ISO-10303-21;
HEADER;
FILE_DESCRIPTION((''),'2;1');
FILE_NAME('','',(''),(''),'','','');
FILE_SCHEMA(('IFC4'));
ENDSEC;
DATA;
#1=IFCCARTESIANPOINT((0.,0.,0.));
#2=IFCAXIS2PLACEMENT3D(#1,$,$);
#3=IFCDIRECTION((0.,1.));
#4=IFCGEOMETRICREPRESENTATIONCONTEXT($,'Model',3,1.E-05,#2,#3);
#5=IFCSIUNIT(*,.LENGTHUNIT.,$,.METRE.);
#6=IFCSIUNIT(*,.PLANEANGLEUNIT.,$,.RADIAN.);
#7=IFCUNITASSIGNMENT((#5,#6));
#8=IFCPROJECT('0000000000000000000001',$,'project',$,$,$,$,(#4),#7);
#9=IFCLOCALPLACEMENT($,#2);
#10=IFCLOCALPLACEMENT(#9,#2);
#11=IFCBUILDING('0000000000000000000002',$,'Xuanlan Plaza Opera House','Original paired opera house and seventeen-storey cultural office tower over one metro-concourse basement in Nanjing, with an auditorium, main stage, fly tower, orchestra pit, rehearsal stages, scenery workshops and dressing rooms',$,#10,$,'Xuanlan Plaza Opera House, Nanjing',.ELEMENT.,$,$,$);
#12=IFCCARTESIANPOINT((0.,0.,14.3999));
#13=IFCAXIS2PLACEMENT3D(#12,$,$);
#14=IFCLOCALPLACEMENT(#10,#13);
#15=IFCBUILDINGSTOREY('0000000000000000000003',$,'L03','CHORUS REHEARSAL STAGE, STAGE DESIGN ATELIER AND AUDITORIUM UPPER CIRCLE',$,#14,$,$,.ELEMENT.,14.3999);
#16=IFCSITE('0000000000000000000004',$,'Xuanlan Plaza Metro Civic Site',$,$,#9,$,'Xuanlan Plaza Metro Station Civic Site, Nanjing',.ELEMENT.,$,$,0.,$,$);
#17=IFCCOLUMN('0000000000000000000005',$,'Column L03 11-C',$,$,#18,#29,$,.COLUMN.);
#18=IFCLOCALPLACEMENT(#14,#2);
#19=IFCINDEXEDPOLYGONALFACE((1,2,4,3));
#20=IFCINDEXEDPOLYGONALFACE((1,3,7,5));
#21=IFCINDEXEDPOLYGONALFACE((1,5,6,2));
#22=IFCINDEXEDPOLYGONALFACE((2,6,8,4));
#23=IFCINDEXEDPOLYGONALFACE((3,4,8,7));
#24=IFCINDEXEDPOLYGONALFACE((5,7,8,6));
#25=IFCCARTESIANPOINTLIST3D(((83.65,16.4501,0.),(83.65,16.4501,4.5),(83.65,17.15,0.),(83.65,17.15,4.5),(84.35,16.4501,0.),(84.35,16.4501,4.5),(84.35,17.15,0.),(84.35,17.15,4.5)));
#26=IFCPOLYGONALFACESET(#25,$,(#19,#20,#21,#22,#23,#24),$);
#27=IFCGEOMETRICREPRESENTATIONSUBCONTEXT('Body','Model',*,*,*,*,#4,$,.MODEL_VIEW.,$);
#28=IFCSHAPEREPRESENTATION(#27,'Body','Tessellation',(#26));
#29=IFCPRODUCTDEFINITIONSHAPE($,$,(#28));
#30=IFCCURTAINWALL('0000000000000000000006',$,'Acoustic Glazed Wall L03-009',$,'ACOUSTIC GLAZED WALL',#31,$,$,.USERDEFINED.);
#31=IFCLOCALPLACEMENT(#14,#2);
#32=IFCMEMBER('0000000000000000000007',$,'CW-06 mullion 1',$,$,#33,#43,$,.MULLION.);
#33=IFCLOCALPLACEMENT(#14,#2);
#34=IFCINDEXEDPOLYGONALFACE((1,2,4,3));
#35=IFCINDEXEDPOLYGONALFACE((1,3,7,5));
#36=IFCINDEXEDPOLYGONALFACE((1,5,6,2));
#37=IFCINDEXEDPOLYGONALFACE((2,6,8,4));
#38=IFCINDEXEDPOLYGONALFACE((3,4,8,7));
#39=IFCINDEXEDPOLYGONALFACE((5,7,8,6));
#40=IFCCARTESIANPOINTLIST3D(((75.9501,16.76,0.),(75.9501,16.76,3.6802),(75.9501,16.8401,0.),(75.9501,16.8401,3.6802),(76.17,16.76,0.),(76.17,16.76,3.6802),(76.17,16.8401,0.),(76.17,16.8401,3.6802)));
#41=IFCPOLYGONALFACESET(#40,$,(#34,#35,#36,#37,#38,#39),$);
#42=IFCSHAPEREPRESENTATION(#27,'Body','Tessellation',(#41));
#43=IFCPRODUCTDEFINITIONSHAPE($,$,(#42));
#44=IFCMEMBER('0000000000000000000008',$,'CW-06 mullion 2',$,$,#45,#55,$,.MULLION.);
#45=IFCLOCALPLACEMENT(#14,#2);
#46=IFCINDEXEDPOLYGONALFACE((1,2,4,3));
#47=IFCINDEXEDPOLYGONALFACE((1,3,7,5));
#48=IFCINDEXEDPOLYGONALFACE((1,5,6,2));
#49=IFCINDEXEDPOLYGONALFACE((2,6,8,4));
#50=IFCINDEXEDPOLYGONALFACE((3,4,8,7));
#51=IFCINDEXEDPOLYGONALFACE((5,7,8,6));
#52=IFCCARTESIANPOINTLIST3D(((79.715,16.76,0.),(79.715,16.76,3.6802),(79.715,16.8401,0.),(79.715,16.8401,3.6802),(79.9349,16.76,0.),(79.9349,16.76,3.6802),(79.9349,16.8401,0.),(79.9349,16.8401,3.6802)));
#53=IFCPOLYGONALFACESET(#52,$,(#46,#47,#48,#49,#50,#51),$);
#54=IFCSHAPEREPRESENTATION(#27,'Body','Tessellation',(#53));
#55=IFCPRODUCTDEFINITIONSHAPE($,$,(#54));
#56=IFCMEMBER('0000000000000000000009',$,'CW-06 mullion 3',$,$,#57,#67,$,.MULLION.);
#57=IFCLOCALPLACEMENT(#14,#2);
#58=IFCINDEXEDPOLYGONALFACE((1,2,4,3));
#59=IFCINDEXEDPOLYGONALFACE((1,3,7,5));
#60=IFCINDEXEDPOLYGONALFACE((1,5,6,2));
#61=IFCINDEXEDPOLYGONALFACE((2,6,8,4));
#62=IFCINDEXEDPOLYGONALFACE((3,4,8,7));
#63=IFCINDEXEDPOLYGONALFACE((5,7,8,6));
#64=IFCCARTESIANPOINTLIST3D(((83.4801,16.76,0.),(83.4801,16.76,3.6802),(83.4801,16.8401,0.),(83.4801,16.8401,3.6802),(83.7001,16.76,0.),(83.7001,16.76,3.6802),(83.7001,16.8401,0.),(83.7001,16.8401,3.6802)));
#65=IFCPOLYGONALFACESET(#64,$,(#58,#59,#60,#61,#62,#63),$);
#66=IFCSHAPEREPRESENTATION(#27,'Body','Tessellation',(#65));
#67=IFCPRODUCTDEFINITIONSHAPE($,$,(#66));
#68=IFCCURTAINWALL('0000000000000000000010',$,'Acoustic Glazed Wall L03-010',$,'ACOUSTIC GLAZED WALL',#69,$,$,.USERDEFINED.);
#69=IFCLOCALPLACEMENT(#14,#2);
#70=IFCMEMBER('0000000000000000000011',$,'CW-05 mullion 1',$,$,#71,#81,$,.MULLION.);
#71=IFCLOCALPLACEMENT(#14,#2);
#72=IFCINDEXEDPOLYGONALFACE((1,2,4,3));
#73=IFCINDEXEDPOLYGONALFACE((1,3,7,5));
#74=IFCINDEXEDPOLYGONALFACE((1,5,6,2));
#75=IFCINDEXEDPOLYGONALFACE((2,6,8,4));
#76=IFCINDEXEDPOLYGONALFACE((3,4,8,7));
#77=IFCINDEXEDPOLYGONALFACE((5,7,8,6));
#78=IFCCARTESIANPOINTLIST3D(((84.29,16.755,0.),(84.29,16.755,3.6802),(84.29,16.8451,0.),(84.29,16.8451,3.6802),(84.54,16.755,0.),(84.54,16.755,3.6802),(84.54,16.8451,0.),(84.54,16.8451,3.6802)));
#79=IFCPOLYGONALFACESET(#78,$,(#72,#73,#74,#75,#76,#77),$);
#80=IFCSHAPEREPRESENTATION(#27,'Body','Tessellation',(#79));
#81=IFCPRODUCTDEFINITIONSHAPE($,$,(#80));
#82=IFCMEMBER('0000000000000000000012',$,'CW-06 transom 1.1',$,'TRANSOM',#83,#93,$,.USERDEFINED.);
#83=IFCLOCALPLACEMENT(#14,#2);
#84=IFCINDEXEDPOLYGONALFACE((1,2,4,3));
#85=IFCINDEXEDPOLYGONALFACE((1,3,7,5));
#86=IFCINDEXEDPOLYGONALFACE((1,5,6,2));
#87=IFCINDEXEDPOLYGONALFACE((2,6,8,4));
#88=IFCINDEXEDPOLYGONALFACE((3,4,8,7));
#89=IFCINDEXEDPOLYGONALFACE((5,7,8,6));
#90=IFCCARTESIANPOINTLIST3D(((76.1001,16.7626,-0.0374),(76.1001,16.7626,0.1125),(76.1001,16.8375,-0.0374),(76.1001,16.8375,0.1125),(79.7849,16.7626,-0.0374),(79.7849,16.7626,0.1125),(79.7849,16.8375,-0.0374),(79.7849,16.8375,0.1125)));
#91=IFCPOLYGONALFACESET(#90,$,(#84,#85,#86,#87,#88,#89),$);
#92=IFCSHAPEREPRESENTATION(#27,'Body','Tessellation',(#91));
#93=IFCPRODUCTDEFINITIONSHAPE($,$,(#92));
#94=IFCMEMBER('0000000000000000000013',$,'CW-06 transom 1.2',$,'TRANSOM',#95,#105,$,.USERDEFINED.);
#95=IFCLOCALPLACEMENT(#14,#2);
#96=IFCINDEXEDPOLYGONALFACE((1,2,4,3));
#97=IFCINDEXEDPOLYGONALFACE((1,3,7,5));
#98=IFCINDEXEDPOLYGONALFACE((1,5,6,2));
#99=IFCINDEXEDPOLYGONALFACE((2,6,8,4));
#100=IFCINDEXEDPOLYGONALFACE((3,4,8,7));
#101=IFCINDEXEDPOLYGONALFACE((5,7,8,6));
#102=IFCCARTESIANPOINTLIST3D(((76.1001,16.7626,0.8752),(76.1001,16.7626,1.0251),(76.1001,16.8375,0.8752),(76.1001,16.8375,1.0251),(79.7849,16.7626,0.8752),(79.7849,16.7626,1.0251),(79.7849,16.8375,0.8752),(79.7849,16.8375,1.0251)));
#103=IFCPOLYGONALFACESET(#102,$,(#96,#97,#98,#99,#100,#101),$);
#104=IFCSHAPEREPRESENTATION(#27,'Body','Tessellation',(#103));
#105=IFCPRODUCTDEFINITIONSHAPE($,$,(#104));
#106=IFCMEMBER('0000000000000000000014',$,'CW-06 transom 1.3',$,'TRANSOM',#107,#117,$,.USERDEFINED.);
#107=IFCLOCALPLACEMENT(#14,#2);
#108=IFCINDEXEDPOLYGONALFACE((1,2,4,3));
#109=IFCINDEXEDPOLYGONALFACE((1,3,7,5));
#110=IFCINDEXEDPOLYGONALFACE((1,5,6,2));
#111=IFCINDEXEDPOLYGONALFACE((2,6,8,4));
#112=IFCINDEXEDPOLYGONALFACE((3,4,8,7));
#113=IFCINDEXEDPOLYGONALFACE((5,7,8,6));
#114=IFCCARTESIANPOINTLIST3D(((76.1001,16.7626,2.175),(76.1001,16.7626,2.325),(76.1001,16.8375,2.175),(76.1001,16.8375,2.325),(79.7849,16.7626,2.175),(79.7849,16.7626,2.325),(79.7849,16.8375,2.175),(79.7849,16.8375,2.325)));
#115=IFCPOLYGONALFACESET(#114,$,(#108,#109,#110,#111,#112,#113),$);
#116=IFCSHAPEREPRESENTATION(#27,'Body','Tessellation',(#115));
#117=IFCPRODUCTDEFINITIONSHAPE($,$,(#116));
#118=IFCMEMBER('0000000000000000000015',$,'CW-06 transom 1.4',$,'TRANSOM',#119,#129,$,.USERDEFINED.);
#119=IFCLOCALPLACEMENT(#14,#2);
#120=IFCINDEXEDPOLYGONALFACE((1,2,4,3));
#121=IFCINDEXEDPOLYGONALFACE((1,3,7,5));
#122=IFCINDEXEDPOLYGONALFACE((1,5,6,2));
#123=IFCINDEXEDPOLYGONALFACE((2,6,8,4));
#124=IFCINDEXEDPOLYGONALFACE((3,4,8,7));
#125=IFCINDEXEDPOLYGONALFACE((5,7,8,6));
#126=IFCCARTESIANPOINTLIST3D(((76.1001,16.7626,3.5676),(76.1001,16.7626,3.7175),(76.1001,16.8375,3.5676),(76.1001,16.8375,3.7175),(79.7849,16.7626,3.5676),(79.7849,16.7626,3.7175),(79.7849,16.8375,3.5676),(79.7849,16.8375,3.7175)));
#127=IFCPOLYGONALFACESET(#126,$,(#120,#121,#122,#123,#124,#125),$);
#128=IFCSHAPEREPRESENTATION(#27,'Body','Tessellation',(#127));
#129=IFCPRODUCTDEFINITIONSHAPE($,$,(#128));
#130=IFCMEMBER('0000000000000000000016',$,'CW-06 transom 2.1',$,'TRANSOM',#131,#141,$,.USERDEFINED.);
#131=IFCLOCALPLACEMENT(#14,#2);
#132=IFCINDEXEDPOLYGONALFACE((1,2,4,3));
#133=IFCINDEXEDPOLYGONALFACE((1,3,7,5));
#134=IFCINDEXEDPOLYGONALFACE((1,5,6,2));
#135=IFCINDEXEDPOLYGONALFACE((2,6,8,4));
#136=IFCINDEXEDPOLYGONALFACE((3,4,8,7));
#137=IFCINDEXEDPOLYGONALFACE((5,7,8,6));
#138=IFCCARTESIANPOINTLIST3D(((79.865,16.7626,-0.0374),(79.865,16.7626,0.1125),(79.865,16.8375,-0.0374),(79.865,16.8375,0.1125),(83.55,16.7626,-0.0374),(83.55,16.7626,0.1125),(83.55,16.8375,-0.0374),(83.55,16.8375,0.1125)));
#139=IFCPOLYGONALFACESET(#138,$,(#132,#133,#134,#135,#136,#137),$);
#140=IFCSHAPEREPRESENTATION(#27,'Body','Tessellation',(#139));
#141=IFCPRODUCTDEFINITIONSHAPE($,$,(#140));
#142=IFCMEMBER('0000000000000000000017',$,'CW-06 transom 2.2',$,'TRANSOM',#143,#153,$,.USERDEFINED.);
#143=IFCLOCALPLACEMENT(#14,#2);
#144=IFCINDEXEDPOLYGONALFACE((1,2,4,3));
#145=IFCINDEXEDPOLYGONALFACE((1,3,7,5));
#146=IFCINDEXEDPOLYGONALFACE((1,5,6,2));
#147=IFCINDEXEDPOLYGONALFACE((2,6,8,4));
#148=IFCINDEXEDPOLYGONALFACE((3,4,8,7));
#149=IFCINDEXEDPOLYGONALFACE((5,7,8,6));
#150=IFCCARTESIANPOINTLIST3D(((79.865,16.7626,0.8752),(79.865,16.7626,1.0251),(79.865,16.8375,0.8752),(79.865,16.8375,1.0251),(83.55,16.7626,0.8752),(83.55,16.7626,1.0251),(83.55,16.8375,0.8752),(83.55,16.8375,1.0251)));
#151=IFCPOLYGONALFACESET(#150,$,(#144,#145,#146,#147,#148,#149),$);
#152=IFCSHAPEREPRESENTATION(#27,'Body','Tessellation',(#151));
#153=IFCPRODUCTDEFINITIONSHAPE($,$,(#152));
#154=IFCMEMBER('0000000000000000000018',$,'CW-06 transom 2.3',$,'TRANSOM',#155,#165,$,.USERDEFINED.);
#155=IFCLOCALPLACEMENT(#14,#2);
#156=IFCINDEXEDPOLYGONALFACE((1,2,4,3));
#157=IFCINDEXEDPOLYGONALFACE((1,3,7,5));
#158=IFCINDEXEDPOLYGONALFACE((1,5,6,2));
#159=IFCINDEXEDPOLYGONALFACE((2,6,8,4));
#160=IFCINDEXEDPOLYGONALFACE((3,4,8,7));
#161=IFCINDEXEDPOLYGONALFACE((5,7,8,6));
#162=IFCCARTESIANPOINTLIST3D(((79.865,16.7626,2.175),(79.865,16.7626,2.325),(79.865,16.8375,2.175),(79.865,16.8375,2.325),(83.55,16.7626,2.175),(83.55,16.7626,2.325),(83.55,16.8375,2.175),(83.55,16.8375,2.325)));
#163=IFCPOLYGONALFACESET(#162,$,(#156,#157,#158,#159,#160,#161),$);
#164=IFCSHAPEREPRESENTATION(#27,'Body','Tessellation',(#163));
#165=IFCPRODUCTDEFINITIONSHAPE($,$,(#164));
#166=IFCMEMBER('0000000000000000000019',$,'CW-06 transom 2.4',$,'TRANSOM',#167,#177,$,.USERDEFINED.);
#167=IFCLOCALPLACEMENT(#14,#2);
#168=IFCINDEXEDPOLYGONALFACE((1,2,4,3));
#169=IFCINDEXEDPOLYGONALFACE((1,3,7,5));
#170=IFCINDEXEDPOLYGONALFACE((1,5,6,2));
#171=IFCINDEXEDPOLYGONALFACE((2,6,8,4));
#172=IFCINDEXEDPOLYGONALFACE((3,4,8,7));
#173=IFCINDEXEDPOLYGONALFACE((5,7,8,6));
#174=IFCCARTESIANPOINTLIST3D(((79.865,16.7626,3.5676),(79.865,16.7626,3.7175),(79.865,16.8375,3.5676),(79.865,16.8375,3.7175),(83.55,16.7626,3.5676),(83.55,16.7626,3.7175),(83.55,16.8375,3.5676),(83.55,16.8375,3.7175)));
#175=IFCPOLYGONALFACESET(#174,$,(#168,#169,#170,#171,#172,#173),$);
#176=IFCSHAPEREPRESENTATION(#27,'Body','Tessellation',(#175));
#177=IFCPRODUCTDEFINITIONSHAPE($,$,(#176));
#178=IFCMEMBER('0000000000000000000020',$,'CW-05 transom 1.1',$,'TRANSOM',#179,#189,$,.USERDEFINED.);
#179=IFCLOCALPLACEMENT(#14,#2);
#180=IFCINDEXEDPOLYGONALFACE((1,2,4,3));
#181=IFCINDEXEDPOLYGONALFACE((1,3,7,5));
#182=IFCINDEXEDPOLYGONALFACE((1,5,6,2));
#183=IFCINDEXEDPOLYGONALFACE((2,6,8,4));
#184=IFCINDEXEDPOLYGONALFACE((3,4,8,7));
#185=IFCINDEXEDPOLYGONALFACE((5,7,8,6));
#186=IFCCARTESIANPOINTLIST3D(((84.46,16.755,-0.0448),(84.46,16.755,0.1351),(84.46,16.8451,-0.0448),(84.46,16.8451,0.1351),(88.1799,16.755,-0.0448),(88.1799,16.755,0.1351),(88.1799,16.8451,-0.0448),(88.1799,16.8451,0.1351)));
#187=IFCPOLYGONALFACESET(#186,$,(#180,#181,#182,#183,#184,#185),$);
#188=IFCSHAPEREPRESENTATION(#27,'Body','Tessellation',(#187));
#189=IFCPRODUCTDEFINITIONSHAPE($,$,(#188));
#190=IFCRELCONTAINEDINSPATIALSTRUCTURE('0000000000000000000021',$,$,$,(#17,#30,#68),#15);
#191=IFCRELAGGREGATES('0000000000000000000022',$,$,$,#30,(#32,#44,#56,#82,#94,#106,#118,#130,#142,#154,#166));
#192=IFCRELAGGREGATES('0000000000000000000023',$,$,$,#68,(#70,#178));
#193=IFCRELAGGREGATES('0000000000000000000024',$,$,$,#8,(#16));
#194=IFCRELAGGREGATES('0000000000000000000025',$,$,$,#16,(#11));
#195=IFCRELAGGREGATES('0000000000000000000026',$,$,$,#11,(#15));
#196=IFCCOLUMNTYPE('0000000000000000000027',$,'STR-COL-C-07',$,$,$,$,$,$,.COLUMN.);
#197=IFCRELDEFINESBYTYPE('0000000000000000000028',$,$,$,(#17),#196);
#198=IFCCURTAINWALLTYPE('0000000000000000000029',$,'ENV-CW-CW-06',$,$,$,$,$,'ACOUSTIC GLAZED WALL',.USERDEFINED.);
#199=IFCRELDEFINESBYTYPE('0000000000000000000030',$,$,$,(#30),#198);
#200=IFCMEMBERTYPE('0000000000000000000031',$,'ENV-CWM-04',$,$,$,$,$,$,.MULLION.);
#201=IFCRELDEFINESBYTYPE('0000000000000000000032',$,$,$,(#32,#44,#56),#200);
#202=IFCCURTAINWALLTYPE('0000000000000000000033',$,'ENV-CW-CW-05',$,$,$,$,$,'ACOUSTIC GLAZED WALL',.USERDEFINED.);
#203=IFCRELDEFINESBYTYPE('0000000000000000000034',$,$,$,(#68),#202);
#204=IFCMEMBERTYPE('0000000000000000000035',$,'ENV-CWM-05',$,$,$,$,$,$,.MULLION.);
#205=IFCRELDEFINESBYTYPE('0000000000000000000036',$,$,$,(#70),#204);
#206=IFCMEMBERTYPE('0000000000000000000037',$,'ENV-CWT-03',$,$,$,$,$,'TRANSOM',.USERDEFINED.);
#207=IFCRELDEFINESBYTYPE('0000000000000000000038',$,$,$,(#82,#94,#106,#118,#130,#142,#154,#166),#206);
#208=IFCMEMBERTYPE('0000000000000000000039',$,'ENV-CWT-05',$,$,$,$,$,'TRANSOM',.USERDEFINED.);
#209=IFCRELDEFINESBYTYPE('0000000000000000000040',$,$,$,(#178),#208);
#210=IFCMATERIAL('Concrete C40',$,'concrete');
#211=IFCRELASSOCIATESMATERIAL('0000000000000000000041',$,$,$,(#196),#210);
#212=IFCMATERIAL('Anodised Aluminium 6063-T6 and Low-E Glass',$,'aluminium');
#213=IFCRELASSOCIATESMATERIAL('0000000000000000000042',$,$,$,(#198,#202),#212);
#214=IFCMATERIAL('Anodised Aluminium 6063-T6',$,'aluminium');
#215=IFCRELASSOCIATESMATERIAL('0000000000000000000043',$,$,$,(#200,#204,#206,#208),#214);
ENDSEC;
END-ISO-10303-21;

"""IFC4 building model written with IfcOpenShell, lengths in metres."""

from ifc_helpers import new_model, si_unit, direction, frame, origin, origin_2d, place, context, subcontext, project, spatial, rectangle, extrude, material, material_profile, profile_set, type_object, element, aggregate, save


model = new_model("IFC4")

# Units and contexts
model_context = context("Model", 3, precision=1e-05, world=origin(), true_north=direction((0.0, 1.0)))
body_context = subcontext(model_context, "Body", "Model", "MODEL_VIEW")
ifc_project = project(units=[si_unit("LENGTHUNIT", "METRE"), si_unit("PLANEANGLEUNIT", "RADIAN")], contexts=[model_context])

# Site, building, storey
site_placement = place(None, origin())
site = spatial("IfcSite", under=ifc_project, at=site_placement, Name="Xuanlan Plaza Metro Civic Site", LongName="Xuanlan Plaza Metro Station Civic Site, Nanjing", CompositionType="ELEMENT", RefElevation=0.0)
building_placement = place(site_placement, origin())
building = spatial("IfcBuilding", under=site, at=building_placement, Name="Xuanlan Plaza Opera House", Description="Original paired opera house and seventeen-storey cultural office tower over one metro-concourse basement in Nanjing, with an auditorium, main stage, fly tower, orchestra pit, rehearsal stages, scenery workshops and dressing rooms", LongName="Xuanlan Plaza Opera House, Nanjing", CompositionType="ELEMENT")
storey_placement = place(building_placement, frame((0.0, 0.0, 14.3999)))
storey = spatial("IfcBuildingStorey", under=building, at=storey_placement, Name="L03", Description="CHORUS REHEARSAL STAGE, STAGE DESIGN ATELIER AND AUDITORIUM UPPER CIRCLE", CompositionType="ELEMENT", Elevation=14.3999)

# Column
ifc_material_1 = material(Name="Concrete C40", Category="concrete")
ifc_material_profile_1 = material_profile(ifc_material_1, rectangle(XDim=0.7, YDim=0.7, at=origin_2d()), Name="RC-COL 700x700")
ifc_profile_set_1 = profile_set([ifc_material_profile_1], Name="Concrete C40")
column_type = type_object("IfcColumnType", Name="STR-COL-C-07", PredefinedType="COLUMN", material=ifc_profile_set_1)
column_placement = place(storey_placement, frame((84.0, 16.8, 0.0), z_axis=(0.0, 0.0, 1.0), x_axis=(1.0, 0.0, 0.0)))
element("IfcColumn", 1, at=column_placement, inside=storey, type_object=column_type, Name="Column L03 11-C", PredefinedType="COLUMN", context=body_context, shape_type="SweptSolid", body=[
    extrude(rectangle(XDim=0.7, YDim=0.7, at=origin_2d()), origin(), (0.0, 0.0, 1.0), 4.5),
])

# Curtain wall, members
ifc_material_2 = material(Name="Anodised Aluminium 6063-T6 and Low-E Glass", Category="aluminium")
curtain_wall_type_1 = type_object("IfcCurtainWallType", Name="ENV-CW-CW-06", ElementType="ACOUSTIC GLAZED WALL", PredefinedType="USERDEFINED", material=ifc_material_2)
curtain_wall_1_placement = place(storey_placement, origin())
curtain_wall_1 = element("IfcCurtainWall", 2, at=curtain_wall_1_placement, inside=storey, type_object=curtain_wall_type_1, Name="Acoustic Glazed Wall L03-009", ObjectType="ACOUSTIC GLAZED WALL", PredefinedType="USERDEFINED")
ifc_material_3 = material(Name="Anodised Aluminium 6063-T6", Category="aluminium")
ifc_material_profile_2 = material_profile(ifc_material_3, rectangle(XDim=0.0801, YDim=0.22, at=origin_2d()), Name="ALU-M 80x220")
ifc_profile_set_2 = profile_set([ifc_material_profile_2], Name="Anodised Aluminium 6063-T6")
member_type_1 = type_object("IfcMemberType", Name="ENV-CWM-04", PredefinedType="MULLION", material=ifc_profile_set_2)
member_1_placement = place(storey_placement, frame((76.0601, 16.8, 0.0), z_axis=(0.0, 0.0, 1.0), x_axis=(0.0, 1.0, 0.0)))
member_1 = element("IfcMember", 3, at=member_1_placement, type_object=member_type_1, Name="CW-06 mullion 1", PredefinedType="MULLION", context=body_context, shape_type="SweptSolid", body=[
    extrude(rectangle(XDim=0.0801, YDim=0.22, at=origin_2d()), origin(), (0.0, 0.0, 1.0), 3.6802),
])
member_2_placement = place(storey_placement, frame((79.825, 16.8, 0.0), z_axis=(0.0, 0.0, 1.0), x_axis=(0.0, 1.0, 0.0)))
member_2 = element("IfcMember", 4, at=member_2_placement, type_object=member_type_1, Name="CW-06 mullion 2", PredefinedType="MULLION", context=body_context, shape_type="SweptSolid", body=[
    extrude(rectangle(XDim=0.0801, YDim=0.22, at=origin_2d()), origin(), (0.0, 0.0, 1.0), 3.6802),
])
member_3_placement = place(storey_placement, frame((83.5901, 16.8, 0.0), z_axis=(0.0, 0.0, 1.0), x_axis=(0.0, 1.0, 0.0)))
member_3 = element("IfcMember", 5, at=member_3_placement, type_object=member_type_1, Name="CW-06 mullion 3", PredefinedType="MULLION", context=body_context, shape_type="SweptSolid", body=[
    extrude(rectangle(XDim=0.0801, YDim=0.22, at=origin_2d()), origin(), (0.0, 0.0, 1.0), 3.6802),
])

# Curtain wall, member
curtain_wall_type_2 = type_object("IfcCurtainWallType", Name="ENV-CW-CW-05", ElementType="ACOUSTIC GLAZED WALL", PredefinedType="USERDEFINED", material=ifc_material_2)
curtain_wall_2_placement = place(storey_placement, origin())
curtain_wall_2 = element("IfcCurtainWall", 6, at=curtain_wall_2_placement, inside=storey, type_object=curtain_wall_type_2, Name="Acoustic Glazed Wall L03-010", ObjectType="ACOUSTIC GLAZED WALL", PredefinedType="USERDEFINED")
ifc_material_profile_3 = material_profile(ifc_material_3, rectangle(XDim=0.0901, YDim=0.25, at=origin_2d()), Name="ALU-M 90x250")
ifc_profile_set_3 = profile_set([ifc_material_profile_3], Name="Anodised Aluminium 6063-T6")
member_type_2 = type_object("IfcMemberType", Name="ENV-CWM-05", PredefinedType="MULLION", material=ifc_profile_set_3)
member_4_placement = place(storey_placement, frame((84.415, 16.8, 0.0), z_axis=(0.0, 0.0, 1.0), x_axis=(0.0, 1.0, 0.0)))
member_4 = element("IfcMember", 7, at=member_4_placement, type_object=member_type_2, Name="CW-05 mullion 1", PredefinedType="MULLION", context=body_context, shape_type="SweptSolid", body=[
    extrude(rectangle(XDim=0.0901, YDim=0.25, at=origin_2d()), origin(), (0.0, 0.0, 1.0), 3.6802),
])

# Members
ifc_material_profile_4 = material_profile(ifc_material_3, rectangle(XDim=0.075, YDim=0.1499, at=origin_2d()), Name="ALU-T 75x150")
ifc_profile_set_4 = profile_set([ifc_material_profile_4], Name="Anodised Aluminium 6063-T6")
member_type_3 = type_object("IfcMemberType", Name="ENV-CWT-03", ElementType="TRANSOM", PredefinedType="USERDEFINED", material=ifc_profile_set_4)
member_5_placement = place(storey_placement, frame((76.1001, 16.8, 0.0376), z_axis=(1.0, 0.0, 0.0), x_axis=(0.0, 1.0, 0.0)))
member_5 = element("IfcMember", 8, at=member_5_placement, type_object=member_type_3, Name="CW-06 transom 1.1", ObjectType="TRANSOM", PredefinedType="USERDEFINED", context=body_context, shape_type="SweptSolid", body=[
    extrude(rectangle(XDim=0.075, YDim=0.1499, at=origin_2d()), origin(), (0.0, 0.0, 1.0), 3.6848),
])
member_6_placement = place(storey_placement, frame((76.1001, 16.8, 0.9502), z_axis=(1.0, 0.0, 0.0), x_axis=(0.0, 1.0, 0.0)))
member_6 = element("IfcMember", 9, at=member_6_placement, type_object=member_type_3, Name="CW-06 transom 1.2", ObjectType="TRANSOM", PredefinedType="USERDEFINED", context=body_context, shape_type="SweptSolid", body=[
    extrude(rectangle(XDim=0.075, YDim=0.1499, at=origin_2d()), origin(), (0.0, 0.0, 1.0), 3.6848),
])
member_7_placement = place(storey_placement, frame((76.1001, 16.8, 2.25), z_axis=(1.0, 0.0, 0.0), x_axis=(0.0, 1.0, 0.0)))
member_7 = element("IfcMember", 10, at=member_7_placement, type_object=member_type_3, Name="CW-06 transom 1.3", ObjectType="TRANSOM", PredefinedType="USERDEFINED", context=body_context, shape_type="SweptSolid", body=[
    extrude(rectangle(XDim=0.075, YDim=0.1499, at=origin_2d()), origin(), (0.0, 0.0, 1.0), 3.6848),
])
member_8_placement = place(storey_placement, frame((76.1001, 16.8, 3.6426), z_axis=(1.0, 0.0, 0.0), x_axis=(0.0, 1.0, 0.0)))
member_8 = element("IfcMember", 11, at=member_8_placement, type_object=member_type_3, Name="CW-06 transom 1.4", ObjectType="TRANSOM", PredefinedType="USERDEFINED", context=body_context, shape_type="SweptSolid", body=[
    extrude(rectangle(XDim=0.075, YDim=0.1499, at=origin_2d()), origin(), (0.0, 0.0, 1.0), 3.6848),
])
member_9_placement = place(storey_placement, frame((79.865, 16.8, 0.0376), z_axis=(1.0, 0.0, 0.0), x_axis=(0.0, 1.0, 0.0)))
member_9 = element("IfcMember", 12, at=member_9_placement, type_object=member_type_3, Name="CW-06 transom 2.1", ObjectType="TRANSOM", PredefinedType="USERDEFINED", context=body_context, shape_type="SweptSolid", body=[
    extrude(rectangle(XDim=0.075, YDim=0.1499, at=origin_2d()), origin(), (0.0, 0.0, 1.0), 3.6851),
])
member_10_placement = place(storey_placement, frame((79.865, 16.8, 0.9502), z_axis=(1.0, 0.0, 0.0), x_axis=(0.0, 1.0, 0.0)))
member_10 = element("IfcMember", 13, at=member_10_placement, type_object=member_type_3, Name="CW-06 transom 2.2", ObjectType="TRANSOM", PredefinedType="USERDEFINED", context=body_context, shape_type="SweptSolid", body=[
    extrude(rectangle(XDim=0.075, YDim=0.1499, at=origin_2d()), origin(), (0.0, 0.0, 1.0), 3.6851),
])
member_11_placement = place(storey_placement, frame((79.865, 16.8, 2.25), z_axis=(1.0, 0.0, 0.0), x_axis=(0.0, 1.0, 0.0)))
member_11 = element("IfcMember", 14, at=member_11_placement, type_object=member_type_3, Name="CW-06 transom 2.3", ObjectType="TRANSOM", PredefinedType="USERDEFINED", context=body_context, shape_type="SweptSolid", body=[
    extrude(rectangle(XDim=0.075, YDim=0.1499, at=origin_2d()), origin(), (0.0, 0.0, 1.0), 3.6851),
])
member_12_placement = place(storey_placement, frame((79.865, 16.8, 3.6426), z_axis=(1.0, 0.0, 0.0), x_axis=(0.0, 1.0, 0.0)))
member_12 = element("IfcMember", 15, at=member_12_placement, type_object=member_type_3, Name="CW-06 transom 2.4", ObjectType="TRANSOM", PredefinedType="USERDEFINED", context=body_context, shape_type="SweptSolid", body=[
    extrude(rectangle(XDim=0.075, YDim=0.1499, at=origin_2d()), origin(), (0.0, 0.0, 1.0), 3.6851),
])
ifc_material_profile_5 = material_profile(ifc_material_3, rectangle(XDim=0.0901, YDim=0.1799, at=origin_2d()), Name="ALU-T 90x180")
ifc_profile_set_5 = profile_set([ifc_material_profile_5], Name="Anodised Aluminium 6063-T6")
member_type_4 = type_object("IfcMemberType", Name="ENV-CWT-05", ElementType="TRANSOM", PredefinedType="USERDEFINED", material=ifc_profile_set_5)
member_13_placement = place(storey_placement, frame((84.46, 16.8, 0.0452), z_axis=(1.0, 0.0, 0.0), x_axis=(0.0, 1.0, 0.0)))
member_13 = element("IfcMember", 16, at=member_13_placement, type_object=member_type_4, Name="CW-05 transom 1.1", ObjectType="TRANSOM", PredefinedType="USERDEFINED", context=body_context, shape_type="SweptSolid", body=[
    extrude(rectangle(XDim=0.0901, YDim=0.1799, at=origin_2d()), origin(), (0.0, 0.0, 1.0), 3.72),
])

aggregate(curtain_wall_1, [member_1, member_2, member_3, member_5, member_6, member_7, member_8, member_9, member_10, member_11, member_12])
aggregate(curtain_wall_2, [member_4, member_13])

save(model, "model.ifc")
